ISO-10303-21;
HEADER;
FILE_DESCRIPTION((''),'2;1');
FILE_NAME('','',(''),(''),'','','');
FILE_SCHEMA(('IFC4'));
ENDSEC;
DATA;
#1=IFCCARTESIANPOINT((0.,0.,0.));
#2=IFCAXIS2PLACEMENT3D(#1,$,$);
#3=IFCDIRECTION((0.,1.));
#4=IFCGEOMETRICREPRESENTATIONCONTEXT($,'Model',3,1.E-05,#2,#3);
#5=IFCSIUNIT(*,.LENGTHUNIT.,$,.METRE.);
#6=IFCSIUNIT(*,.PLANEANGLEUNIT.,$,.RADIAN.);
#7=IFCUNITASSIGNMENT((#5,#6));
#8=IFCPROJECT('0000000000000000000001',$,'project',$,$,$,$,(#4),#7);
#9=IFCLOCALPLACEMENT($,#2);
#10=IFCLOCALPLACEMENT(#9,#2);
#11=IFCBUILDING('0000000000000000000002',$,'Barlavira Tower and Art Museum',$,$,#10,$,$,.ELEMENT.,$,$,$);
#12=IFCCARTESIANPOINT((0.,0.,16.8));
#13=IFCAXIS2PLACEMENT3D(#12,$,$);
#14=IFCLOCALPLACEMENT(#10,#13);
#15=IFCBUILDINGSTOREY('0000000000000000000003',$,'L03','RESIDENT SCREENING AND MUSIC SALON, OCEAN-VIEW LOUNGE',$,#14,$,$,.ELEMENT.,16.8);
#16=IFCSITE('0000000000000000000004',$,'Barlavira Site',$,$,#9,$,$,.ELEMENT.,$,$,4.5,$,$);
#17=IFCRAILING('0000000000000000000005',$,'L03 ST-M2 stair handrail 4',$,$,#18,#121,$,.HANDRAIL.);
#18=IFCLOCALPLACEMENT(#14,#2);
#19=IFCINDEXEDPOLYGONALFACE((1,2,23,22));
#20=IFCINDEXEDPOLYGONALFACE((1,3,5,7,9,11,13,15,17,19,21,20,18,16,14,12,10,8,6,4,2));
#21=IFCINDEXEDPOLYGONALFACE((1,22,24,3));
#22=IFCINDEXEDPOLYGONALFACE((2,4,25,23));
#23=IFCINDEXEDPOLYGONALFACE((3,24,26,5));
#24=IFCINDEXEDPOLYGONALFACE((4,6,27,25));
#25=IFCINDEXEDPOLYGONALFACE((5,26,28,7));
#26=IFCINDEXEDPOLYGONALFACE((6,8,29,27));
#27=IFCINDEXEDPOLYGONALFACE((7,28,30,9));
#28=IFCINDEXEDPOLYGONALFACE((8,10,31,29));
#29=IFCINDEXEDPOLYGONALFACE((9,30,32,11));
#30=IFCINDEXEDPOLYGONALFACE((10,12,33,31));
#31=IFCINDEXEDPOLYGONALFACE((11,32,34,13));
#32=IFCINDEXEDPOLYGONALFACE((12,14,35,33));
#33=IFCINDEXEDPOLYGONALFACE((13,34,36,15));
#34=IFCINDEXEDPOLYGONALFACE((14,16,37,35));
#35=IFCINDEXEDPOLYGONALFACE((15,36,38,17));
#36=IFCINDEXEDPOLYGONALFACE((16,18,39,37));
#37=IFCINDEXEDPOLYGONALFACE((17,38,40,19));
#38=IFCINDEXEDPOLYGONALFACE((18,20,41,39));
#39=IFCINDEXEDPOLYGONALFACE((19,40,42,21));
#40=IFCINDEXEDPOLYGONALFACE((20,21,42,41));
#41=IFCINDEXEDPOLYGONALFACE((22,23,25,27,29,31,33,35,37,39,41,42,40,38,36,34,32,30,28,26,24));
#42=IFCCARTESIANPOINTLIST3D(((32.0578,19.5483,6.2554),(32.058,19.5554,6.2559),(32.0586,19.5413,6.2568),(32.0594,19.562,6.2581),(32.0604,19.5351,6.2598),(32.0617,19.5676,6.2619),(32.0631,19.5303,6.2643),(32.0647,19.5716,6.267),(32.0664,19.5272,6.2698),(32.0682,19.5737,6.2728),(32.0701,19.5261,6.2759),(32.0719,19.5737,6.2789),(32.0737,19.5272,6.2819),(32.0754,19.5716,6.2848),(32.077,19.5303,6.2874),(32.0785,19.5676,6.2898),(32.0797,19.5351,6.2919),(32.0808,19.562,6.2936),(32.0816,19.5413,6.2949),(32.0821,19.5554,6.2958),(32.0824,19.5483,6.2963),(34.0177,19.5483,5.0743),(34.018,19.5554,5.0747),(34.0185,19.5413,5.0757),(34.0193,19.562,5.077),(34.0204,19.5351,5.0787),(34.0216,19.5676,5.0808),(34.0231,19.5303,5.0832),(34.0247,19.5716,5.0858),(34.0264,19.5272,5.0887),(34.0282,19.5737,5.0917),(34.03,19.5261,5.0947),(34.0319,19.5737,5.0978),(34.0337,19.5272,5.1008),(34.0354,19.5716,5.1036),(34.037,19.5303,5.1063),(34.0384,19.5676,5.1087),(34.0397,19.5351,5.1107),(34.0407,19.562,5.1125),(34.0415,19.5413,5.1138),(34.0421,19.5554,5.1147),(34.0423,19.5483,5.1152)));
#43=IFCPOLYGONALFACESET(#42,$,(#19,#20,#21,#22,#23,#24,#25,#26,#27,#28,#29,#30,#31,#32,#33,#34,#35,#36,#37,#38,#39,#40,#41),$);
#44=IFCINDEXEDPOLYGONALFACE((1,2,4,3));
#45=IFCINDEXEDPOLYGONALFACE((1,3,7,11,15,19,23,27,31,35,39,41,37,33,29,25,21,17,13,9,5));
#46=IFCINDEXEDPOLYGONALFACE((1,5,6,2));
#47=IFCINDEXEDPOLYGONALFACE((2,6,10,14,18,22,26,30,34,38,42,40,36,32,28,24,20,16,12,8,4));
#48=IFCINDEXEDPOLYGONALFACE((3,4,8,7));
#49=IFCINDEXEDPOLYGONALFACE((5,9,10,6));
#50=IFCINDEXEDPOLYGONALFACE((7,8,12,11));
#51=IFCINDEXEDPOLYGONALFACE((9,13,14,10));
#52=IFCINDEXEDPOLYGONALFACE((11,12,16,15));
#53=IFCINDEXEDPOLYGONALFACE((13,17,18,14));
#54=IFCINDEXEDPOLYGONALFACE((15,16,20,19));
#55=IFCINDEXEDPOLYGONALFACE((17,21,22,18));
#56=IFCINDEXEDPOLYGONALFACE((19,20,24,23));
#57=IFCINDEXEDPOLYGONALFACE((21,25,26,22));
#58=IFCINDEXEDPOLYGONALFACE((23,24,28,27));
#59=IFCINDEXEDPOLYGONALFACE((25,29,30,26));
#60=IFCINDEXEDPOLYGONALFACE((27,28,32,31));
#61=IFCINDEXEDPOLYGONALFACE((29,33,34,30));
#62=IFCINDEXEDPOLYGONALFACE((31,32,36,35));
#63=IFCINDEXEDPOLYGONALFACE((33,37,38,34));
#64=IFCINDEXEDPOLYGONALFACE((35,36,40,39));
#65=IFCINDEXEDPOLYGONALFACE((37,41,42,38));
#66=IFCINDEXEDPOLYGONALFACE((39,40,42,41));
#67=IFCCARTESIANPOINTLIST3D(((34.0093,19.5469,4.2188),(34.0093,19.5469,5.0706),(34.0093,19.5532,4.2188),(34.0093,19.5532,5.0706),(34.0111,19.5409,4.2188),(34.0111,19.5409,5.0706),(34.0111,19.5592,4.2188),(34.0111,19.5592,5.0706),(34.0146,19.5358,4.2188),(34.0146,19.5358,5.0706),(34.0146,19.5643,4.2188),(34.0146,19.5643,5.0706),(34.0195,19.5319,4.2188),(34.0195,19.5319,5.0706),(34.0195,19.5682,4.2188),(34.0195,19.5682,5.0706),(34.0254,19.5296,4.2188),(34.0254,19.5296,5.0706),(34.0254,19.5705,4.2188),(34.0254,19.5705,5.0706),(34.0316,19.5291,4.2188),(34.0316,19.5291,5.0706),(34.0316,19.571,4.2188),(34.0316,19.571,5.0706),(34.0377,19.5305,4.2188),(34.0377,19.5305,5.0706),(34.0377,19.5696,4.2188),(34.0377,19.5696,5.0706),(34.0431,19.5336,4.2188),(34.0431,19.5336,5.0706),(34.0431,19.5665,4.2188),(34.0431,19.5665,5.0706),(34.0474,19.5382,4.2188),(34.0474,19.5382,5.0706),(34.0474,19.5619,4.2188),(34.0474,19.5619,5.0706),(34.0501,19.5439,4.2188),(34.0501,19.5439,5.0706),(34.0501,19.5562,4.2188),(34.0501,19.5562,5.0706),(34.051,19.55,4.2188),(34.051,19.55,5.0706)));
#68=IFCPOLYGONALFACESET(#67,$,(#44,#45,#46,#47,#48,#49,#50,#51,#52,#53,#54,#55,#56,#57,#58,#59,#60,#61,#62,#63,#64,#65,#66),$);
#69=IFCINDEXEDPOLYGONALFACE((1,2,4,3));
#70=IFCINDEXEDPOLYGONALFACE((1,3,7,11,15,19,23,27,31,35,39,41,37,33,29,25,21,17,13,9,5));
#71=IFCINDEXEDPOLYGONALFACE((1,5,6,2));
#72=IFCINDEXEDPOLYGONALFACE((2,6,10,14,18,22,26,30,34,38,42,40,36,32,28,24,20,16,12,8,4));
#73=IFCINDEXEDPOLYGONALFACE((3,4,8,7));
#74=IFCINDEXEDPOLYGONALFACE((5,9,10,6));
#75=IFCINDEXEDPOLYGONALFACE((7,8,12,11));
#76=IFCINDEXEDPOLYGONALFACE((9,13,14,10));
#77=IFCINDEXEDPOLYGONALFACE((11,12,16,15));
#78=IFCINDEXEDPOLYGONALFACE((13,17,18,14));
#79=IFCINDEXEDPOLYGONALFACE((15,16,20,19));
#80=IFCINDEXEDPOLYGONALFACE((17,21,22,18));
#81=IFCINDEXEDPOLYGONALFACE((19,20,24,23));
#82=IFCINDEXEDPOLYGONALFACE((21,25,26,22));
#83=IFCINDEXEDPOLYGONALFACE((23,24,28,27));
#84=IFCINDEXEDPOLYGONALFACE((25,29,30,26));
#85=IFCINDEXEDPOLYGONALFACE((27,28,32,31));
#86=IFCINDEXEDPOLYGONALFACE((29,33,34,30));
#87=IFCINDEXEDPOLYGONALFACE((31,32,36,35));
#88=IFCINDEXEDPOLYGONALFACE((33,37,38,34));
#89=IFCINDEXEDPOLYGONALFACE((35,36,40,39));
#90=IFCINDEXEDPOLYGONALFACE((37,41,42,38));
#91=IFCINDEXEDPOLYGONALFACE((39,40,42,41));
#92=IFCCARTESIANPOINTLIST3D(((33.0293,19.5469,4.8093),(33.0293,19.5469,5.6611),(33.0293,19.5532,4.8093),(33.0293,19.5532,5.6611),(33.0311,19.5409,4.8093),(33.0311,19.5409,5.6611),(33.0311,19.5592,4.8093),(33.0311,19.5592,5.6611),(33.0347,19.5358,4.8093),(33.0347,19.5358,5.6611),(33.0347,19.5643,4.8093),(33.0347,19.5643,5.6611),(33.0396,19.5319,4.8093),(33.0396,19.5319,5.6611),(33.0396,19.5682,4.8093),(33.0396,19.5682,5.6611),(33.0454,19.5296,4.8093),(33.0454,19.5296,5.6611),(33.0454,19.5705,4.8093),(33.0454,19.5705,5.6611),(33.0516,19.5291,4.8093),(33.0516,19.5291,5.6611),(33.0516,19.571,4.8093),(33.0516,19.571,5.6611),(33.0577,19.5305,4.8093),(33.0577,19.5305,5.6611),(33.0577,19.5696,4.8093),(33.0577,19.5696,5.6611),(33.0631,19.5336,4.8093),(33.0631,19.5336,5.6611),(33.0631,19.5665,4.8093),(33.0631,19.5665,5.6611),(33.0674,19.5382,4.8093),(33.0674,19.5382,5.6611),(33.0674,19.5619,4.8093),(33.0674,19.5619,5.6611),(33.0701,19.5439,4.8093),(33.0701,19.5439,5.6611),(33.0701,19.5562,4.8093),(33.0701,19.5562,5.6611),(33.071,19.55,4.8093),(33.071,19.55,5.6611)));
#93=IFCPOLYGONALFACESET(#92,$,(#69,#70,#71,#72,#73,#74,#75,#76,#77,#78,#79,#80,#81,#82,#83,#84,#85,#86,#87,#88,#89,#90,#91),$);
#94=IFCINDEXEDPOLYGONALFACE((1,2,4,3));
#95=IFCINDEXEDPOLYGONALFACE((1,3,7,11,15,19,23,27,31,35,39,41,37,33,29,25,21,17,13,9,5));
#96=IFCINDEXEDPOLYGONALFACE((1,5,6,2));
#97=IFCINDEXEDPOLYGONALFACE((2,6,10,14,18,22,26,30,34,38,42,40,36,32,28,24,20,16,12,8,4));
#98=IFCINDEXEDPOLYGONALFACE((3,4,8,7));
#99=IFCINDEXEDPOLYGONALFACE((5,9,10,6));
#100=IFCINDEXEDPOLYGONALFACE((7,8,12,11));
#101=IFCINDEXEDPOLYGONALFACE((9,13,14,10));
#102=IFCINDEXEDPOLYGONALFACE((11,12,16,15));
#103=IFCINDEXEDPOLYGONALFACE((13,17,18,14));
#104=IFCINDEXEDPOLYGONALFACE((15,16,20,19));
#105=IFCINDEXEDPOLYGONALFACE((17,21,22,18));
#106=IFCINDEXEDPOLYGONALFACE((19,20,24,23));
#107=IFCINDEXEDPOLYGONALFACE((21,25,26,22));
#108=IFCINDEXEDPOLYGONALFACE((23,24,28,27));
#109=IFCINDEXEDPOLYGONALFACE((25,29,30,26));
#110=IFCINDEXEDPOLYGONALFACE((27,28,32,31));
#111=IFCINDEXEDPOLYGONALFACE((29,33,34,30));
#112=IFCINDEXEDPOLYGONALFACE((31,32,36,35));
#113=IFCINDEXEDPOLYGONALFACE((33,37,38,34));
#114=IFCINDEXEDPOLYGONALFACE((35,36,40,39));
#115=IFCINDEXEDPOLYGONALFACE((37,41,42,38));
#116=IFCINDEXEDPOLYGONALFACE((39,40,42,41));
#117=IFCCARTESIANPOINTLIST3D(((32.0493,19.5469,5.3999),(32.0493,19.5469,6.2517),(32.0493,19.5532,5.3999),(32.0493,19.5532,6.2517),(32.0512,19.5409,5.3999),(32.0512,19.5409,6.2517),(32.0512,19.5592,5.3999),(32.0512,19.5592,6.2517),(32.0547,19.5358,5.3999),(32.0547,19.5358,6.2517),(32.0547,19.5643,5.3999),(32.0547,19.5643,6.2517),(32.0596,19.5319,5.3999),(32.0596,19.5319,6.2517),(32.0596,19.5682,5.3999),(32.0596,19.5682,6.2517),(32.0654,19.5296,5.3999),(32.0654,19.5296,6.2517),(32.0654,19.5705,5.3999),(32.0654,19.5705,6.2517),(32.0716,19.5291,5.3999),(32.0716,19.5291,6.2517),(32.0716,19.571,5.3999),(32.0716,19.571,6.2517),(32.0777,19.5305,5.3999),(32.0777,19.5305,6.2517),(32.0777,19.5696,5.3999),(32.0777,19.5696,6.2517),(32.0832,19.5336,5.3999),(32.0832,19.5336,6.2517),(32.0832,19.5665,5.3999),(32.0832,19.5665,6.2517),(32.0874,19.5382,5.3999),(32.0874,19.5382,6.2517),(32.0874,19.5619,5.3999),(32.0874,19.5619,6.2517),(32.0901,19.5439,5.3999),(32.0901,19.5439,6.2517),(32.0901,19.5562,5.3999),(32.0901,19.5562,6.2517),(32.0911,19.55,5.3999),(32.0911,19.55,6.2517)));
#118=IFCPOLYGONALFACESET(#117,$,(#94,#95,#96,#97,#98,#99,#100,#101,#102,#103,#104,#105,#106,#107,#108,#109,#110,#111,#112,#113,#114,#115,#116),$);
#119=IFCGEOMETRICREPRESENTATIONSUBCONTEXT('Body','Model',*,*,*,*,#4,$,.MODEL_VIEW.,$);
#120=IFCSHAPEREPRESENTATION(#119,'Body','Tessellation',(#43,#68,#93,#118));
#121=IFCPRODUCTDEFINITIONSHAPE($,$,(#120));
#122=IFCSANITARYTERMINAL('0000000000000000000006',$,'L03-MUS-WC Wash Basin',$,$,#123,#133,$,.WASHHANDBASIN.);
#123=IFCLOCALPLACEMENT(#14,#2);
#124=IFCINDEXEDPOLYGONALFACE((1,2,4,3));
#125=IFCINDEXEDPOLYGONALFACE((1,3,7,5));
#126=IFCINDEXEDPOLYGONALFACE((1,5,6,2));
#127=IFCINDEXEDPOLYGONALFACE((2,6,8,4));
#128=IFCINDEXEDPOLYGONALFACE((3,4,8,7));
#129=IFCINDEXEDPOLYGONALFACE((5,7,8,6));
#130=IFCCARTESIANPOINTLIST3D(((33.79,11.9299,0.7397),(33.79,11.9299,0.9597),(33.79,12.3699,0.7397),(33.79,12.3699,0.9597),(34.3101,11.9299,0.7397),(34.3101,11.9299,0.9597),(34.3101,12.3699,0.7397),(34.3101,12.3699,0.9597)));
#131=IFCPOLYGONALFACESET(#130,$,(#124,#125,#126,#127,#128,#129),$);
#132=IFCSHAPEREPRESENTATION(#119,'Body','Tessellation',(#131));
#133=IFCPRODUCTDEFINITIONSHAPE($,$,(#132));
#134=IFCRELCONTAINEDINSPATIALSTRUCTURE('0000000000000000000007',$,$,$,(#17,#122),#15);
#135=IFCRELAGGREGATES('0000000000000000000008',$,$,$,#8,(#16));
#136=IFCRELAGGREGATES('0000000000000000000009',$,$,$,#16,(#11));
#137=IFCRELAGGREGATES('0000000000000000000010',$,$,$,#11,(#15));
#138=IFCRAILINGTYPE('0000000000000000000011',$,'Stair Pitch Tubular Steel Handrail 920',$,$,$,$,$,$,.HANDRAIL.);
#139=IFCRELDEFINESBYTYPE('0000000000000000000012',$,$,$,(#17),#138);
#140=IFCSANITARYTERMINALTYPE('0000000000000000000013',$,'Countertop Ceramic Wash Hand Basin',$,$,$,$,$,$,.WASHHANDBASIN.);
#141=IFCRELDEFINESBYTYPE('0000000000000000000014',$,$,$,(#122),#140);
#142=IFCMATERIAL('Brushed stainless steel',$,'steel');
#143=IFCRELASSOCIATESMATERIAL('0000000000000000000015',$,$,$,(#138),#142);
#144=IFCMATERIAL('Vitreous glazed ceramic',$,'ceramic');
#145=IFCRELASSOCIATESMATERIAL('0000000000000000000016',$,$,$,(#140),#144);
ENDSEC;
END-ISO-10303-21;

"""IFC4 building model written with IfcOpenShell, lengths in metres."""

from ifc_helpers import new_model, si_unit, direction, frame, origin, origin_2d, place, context, subcontext, project, spatial, rectangle, circle, extrude, material, type_object, element, save


model = new_model("IFC4")

# Units and contexts
model_context = context("Model", 3, precision=1e-05, world=origin(), true_north=direction((0.0, 1.0)))
body_context = subcontext(model_context, "Body", "Model", "MODEL_VIEW")
ifc_project = project(units=[si_unit("LENGTHUNIT", "METRE"), si_unit("PLANEANGLEUNIT", "RADIAN")], contexts=[model_context])

# Site, building, storey
site_placement = place(None, origin())
site = spatial("IfcSite", under=ifc_project, at=site_placement, Name="Barlavira Site", CompositionType="ELEMENT", RefElevation=4.5)
building_placement = place(site_placement, origin())
building = spatial("IfcBuilding", under=site, at=building_placement, Name="Barlavira Tower and Art Museum", CompositionType="ELEMENT")
storey_placement = place(building_placement, frame((0.0, 0.0, 16.8)))
storey = spatial("IfcBuildingStorey", under=building, at=storey_placement, Name="L03", Description="RESIDENT SCREENING AND MUSIC SALON, OCEAN-VIEW LOUNGE", CompositionType="ELEMENT", Elevation=16.8)

# Shared definitions
ifc_material_1 = material(Name="Brushed stainless steel", Category="steel")

# Railing
railing_type_1 = type_object("IfcRailingType", Name="Stair Pitch Tubular Steel Handrail 920", PredefinedType="HANDRAIL", material=ifc_material_1)
railing_1_placement = place(storey_placement, frame((34.03, 19.55, 4.2188)))
element("IfcRailing", 1, at=railing_1_placement, inside=storey, type_object=railing_type_1, Name="L03 ST-M2 stair handrail 4", PredefinedType="HANDRAIL", context=body_context, shape_type="SweptSolid", body=[
    extrude(circle(Radius=0.0239, at=origin_2d()), frame((0.0, 0.0, 0.876), z_axis=(-0.856493, 0.0, 0.516158), x_axis=(0.0, -1.0, 0.0)), (0.0, 0.0, 1.0), 2.2883),
    extrude(circle(Radius=0.021, at=origin_2d()), origin(), (0.0, 0.0, 1.0), 0.8518),
    extrude(circle(Radius=0.021, at=origin_2d()), frame((-0.98, 0.0, 0.5906)), (0.0, 0.0, 1.0), 0.8518),
    extrude(circle(Radius=0.021, at=origin_2d()), frame((-1.96, 0.0, 1.1812)), (0.0, 0.0, 1.0), 0.8518),
])

# Sanitary terminal
ifc_material_2 = material(Name="Vitreous glazed ceramic", Category="ceramic")
sanitary_terminal_type = type_object("IfcSanitaryTerminalType", Name="Countertop Ceramic Wash Hand Basin", PredefinedType="WASHHANDBASIN", material=ifc_material_2)
sanitary_terminal_placement = place(storey_placement, frame((34.05, 12.1499, 0.7397), z_axis=(0.0, 0.0, 1.0), x_axis=(1.0, 0.0, 0.0)))
element("IfcSanitaryTerminal", 2, at=sanitary_terminal_placement, inside=storey, type_object=sanitary_terminal_type, Name="L03-MUS-WC Wash Basin", PredefinedType="WASHHANDBASIN", context=body_context, shape_type="SweptSolid", body=[
    extrude(rectangle(XDim=0.52, YDim=0.4399, at=origin_2d()), origin(), (0.0, 0.0, 1.0), 0.22),
])

save(model, "model.ifc")
